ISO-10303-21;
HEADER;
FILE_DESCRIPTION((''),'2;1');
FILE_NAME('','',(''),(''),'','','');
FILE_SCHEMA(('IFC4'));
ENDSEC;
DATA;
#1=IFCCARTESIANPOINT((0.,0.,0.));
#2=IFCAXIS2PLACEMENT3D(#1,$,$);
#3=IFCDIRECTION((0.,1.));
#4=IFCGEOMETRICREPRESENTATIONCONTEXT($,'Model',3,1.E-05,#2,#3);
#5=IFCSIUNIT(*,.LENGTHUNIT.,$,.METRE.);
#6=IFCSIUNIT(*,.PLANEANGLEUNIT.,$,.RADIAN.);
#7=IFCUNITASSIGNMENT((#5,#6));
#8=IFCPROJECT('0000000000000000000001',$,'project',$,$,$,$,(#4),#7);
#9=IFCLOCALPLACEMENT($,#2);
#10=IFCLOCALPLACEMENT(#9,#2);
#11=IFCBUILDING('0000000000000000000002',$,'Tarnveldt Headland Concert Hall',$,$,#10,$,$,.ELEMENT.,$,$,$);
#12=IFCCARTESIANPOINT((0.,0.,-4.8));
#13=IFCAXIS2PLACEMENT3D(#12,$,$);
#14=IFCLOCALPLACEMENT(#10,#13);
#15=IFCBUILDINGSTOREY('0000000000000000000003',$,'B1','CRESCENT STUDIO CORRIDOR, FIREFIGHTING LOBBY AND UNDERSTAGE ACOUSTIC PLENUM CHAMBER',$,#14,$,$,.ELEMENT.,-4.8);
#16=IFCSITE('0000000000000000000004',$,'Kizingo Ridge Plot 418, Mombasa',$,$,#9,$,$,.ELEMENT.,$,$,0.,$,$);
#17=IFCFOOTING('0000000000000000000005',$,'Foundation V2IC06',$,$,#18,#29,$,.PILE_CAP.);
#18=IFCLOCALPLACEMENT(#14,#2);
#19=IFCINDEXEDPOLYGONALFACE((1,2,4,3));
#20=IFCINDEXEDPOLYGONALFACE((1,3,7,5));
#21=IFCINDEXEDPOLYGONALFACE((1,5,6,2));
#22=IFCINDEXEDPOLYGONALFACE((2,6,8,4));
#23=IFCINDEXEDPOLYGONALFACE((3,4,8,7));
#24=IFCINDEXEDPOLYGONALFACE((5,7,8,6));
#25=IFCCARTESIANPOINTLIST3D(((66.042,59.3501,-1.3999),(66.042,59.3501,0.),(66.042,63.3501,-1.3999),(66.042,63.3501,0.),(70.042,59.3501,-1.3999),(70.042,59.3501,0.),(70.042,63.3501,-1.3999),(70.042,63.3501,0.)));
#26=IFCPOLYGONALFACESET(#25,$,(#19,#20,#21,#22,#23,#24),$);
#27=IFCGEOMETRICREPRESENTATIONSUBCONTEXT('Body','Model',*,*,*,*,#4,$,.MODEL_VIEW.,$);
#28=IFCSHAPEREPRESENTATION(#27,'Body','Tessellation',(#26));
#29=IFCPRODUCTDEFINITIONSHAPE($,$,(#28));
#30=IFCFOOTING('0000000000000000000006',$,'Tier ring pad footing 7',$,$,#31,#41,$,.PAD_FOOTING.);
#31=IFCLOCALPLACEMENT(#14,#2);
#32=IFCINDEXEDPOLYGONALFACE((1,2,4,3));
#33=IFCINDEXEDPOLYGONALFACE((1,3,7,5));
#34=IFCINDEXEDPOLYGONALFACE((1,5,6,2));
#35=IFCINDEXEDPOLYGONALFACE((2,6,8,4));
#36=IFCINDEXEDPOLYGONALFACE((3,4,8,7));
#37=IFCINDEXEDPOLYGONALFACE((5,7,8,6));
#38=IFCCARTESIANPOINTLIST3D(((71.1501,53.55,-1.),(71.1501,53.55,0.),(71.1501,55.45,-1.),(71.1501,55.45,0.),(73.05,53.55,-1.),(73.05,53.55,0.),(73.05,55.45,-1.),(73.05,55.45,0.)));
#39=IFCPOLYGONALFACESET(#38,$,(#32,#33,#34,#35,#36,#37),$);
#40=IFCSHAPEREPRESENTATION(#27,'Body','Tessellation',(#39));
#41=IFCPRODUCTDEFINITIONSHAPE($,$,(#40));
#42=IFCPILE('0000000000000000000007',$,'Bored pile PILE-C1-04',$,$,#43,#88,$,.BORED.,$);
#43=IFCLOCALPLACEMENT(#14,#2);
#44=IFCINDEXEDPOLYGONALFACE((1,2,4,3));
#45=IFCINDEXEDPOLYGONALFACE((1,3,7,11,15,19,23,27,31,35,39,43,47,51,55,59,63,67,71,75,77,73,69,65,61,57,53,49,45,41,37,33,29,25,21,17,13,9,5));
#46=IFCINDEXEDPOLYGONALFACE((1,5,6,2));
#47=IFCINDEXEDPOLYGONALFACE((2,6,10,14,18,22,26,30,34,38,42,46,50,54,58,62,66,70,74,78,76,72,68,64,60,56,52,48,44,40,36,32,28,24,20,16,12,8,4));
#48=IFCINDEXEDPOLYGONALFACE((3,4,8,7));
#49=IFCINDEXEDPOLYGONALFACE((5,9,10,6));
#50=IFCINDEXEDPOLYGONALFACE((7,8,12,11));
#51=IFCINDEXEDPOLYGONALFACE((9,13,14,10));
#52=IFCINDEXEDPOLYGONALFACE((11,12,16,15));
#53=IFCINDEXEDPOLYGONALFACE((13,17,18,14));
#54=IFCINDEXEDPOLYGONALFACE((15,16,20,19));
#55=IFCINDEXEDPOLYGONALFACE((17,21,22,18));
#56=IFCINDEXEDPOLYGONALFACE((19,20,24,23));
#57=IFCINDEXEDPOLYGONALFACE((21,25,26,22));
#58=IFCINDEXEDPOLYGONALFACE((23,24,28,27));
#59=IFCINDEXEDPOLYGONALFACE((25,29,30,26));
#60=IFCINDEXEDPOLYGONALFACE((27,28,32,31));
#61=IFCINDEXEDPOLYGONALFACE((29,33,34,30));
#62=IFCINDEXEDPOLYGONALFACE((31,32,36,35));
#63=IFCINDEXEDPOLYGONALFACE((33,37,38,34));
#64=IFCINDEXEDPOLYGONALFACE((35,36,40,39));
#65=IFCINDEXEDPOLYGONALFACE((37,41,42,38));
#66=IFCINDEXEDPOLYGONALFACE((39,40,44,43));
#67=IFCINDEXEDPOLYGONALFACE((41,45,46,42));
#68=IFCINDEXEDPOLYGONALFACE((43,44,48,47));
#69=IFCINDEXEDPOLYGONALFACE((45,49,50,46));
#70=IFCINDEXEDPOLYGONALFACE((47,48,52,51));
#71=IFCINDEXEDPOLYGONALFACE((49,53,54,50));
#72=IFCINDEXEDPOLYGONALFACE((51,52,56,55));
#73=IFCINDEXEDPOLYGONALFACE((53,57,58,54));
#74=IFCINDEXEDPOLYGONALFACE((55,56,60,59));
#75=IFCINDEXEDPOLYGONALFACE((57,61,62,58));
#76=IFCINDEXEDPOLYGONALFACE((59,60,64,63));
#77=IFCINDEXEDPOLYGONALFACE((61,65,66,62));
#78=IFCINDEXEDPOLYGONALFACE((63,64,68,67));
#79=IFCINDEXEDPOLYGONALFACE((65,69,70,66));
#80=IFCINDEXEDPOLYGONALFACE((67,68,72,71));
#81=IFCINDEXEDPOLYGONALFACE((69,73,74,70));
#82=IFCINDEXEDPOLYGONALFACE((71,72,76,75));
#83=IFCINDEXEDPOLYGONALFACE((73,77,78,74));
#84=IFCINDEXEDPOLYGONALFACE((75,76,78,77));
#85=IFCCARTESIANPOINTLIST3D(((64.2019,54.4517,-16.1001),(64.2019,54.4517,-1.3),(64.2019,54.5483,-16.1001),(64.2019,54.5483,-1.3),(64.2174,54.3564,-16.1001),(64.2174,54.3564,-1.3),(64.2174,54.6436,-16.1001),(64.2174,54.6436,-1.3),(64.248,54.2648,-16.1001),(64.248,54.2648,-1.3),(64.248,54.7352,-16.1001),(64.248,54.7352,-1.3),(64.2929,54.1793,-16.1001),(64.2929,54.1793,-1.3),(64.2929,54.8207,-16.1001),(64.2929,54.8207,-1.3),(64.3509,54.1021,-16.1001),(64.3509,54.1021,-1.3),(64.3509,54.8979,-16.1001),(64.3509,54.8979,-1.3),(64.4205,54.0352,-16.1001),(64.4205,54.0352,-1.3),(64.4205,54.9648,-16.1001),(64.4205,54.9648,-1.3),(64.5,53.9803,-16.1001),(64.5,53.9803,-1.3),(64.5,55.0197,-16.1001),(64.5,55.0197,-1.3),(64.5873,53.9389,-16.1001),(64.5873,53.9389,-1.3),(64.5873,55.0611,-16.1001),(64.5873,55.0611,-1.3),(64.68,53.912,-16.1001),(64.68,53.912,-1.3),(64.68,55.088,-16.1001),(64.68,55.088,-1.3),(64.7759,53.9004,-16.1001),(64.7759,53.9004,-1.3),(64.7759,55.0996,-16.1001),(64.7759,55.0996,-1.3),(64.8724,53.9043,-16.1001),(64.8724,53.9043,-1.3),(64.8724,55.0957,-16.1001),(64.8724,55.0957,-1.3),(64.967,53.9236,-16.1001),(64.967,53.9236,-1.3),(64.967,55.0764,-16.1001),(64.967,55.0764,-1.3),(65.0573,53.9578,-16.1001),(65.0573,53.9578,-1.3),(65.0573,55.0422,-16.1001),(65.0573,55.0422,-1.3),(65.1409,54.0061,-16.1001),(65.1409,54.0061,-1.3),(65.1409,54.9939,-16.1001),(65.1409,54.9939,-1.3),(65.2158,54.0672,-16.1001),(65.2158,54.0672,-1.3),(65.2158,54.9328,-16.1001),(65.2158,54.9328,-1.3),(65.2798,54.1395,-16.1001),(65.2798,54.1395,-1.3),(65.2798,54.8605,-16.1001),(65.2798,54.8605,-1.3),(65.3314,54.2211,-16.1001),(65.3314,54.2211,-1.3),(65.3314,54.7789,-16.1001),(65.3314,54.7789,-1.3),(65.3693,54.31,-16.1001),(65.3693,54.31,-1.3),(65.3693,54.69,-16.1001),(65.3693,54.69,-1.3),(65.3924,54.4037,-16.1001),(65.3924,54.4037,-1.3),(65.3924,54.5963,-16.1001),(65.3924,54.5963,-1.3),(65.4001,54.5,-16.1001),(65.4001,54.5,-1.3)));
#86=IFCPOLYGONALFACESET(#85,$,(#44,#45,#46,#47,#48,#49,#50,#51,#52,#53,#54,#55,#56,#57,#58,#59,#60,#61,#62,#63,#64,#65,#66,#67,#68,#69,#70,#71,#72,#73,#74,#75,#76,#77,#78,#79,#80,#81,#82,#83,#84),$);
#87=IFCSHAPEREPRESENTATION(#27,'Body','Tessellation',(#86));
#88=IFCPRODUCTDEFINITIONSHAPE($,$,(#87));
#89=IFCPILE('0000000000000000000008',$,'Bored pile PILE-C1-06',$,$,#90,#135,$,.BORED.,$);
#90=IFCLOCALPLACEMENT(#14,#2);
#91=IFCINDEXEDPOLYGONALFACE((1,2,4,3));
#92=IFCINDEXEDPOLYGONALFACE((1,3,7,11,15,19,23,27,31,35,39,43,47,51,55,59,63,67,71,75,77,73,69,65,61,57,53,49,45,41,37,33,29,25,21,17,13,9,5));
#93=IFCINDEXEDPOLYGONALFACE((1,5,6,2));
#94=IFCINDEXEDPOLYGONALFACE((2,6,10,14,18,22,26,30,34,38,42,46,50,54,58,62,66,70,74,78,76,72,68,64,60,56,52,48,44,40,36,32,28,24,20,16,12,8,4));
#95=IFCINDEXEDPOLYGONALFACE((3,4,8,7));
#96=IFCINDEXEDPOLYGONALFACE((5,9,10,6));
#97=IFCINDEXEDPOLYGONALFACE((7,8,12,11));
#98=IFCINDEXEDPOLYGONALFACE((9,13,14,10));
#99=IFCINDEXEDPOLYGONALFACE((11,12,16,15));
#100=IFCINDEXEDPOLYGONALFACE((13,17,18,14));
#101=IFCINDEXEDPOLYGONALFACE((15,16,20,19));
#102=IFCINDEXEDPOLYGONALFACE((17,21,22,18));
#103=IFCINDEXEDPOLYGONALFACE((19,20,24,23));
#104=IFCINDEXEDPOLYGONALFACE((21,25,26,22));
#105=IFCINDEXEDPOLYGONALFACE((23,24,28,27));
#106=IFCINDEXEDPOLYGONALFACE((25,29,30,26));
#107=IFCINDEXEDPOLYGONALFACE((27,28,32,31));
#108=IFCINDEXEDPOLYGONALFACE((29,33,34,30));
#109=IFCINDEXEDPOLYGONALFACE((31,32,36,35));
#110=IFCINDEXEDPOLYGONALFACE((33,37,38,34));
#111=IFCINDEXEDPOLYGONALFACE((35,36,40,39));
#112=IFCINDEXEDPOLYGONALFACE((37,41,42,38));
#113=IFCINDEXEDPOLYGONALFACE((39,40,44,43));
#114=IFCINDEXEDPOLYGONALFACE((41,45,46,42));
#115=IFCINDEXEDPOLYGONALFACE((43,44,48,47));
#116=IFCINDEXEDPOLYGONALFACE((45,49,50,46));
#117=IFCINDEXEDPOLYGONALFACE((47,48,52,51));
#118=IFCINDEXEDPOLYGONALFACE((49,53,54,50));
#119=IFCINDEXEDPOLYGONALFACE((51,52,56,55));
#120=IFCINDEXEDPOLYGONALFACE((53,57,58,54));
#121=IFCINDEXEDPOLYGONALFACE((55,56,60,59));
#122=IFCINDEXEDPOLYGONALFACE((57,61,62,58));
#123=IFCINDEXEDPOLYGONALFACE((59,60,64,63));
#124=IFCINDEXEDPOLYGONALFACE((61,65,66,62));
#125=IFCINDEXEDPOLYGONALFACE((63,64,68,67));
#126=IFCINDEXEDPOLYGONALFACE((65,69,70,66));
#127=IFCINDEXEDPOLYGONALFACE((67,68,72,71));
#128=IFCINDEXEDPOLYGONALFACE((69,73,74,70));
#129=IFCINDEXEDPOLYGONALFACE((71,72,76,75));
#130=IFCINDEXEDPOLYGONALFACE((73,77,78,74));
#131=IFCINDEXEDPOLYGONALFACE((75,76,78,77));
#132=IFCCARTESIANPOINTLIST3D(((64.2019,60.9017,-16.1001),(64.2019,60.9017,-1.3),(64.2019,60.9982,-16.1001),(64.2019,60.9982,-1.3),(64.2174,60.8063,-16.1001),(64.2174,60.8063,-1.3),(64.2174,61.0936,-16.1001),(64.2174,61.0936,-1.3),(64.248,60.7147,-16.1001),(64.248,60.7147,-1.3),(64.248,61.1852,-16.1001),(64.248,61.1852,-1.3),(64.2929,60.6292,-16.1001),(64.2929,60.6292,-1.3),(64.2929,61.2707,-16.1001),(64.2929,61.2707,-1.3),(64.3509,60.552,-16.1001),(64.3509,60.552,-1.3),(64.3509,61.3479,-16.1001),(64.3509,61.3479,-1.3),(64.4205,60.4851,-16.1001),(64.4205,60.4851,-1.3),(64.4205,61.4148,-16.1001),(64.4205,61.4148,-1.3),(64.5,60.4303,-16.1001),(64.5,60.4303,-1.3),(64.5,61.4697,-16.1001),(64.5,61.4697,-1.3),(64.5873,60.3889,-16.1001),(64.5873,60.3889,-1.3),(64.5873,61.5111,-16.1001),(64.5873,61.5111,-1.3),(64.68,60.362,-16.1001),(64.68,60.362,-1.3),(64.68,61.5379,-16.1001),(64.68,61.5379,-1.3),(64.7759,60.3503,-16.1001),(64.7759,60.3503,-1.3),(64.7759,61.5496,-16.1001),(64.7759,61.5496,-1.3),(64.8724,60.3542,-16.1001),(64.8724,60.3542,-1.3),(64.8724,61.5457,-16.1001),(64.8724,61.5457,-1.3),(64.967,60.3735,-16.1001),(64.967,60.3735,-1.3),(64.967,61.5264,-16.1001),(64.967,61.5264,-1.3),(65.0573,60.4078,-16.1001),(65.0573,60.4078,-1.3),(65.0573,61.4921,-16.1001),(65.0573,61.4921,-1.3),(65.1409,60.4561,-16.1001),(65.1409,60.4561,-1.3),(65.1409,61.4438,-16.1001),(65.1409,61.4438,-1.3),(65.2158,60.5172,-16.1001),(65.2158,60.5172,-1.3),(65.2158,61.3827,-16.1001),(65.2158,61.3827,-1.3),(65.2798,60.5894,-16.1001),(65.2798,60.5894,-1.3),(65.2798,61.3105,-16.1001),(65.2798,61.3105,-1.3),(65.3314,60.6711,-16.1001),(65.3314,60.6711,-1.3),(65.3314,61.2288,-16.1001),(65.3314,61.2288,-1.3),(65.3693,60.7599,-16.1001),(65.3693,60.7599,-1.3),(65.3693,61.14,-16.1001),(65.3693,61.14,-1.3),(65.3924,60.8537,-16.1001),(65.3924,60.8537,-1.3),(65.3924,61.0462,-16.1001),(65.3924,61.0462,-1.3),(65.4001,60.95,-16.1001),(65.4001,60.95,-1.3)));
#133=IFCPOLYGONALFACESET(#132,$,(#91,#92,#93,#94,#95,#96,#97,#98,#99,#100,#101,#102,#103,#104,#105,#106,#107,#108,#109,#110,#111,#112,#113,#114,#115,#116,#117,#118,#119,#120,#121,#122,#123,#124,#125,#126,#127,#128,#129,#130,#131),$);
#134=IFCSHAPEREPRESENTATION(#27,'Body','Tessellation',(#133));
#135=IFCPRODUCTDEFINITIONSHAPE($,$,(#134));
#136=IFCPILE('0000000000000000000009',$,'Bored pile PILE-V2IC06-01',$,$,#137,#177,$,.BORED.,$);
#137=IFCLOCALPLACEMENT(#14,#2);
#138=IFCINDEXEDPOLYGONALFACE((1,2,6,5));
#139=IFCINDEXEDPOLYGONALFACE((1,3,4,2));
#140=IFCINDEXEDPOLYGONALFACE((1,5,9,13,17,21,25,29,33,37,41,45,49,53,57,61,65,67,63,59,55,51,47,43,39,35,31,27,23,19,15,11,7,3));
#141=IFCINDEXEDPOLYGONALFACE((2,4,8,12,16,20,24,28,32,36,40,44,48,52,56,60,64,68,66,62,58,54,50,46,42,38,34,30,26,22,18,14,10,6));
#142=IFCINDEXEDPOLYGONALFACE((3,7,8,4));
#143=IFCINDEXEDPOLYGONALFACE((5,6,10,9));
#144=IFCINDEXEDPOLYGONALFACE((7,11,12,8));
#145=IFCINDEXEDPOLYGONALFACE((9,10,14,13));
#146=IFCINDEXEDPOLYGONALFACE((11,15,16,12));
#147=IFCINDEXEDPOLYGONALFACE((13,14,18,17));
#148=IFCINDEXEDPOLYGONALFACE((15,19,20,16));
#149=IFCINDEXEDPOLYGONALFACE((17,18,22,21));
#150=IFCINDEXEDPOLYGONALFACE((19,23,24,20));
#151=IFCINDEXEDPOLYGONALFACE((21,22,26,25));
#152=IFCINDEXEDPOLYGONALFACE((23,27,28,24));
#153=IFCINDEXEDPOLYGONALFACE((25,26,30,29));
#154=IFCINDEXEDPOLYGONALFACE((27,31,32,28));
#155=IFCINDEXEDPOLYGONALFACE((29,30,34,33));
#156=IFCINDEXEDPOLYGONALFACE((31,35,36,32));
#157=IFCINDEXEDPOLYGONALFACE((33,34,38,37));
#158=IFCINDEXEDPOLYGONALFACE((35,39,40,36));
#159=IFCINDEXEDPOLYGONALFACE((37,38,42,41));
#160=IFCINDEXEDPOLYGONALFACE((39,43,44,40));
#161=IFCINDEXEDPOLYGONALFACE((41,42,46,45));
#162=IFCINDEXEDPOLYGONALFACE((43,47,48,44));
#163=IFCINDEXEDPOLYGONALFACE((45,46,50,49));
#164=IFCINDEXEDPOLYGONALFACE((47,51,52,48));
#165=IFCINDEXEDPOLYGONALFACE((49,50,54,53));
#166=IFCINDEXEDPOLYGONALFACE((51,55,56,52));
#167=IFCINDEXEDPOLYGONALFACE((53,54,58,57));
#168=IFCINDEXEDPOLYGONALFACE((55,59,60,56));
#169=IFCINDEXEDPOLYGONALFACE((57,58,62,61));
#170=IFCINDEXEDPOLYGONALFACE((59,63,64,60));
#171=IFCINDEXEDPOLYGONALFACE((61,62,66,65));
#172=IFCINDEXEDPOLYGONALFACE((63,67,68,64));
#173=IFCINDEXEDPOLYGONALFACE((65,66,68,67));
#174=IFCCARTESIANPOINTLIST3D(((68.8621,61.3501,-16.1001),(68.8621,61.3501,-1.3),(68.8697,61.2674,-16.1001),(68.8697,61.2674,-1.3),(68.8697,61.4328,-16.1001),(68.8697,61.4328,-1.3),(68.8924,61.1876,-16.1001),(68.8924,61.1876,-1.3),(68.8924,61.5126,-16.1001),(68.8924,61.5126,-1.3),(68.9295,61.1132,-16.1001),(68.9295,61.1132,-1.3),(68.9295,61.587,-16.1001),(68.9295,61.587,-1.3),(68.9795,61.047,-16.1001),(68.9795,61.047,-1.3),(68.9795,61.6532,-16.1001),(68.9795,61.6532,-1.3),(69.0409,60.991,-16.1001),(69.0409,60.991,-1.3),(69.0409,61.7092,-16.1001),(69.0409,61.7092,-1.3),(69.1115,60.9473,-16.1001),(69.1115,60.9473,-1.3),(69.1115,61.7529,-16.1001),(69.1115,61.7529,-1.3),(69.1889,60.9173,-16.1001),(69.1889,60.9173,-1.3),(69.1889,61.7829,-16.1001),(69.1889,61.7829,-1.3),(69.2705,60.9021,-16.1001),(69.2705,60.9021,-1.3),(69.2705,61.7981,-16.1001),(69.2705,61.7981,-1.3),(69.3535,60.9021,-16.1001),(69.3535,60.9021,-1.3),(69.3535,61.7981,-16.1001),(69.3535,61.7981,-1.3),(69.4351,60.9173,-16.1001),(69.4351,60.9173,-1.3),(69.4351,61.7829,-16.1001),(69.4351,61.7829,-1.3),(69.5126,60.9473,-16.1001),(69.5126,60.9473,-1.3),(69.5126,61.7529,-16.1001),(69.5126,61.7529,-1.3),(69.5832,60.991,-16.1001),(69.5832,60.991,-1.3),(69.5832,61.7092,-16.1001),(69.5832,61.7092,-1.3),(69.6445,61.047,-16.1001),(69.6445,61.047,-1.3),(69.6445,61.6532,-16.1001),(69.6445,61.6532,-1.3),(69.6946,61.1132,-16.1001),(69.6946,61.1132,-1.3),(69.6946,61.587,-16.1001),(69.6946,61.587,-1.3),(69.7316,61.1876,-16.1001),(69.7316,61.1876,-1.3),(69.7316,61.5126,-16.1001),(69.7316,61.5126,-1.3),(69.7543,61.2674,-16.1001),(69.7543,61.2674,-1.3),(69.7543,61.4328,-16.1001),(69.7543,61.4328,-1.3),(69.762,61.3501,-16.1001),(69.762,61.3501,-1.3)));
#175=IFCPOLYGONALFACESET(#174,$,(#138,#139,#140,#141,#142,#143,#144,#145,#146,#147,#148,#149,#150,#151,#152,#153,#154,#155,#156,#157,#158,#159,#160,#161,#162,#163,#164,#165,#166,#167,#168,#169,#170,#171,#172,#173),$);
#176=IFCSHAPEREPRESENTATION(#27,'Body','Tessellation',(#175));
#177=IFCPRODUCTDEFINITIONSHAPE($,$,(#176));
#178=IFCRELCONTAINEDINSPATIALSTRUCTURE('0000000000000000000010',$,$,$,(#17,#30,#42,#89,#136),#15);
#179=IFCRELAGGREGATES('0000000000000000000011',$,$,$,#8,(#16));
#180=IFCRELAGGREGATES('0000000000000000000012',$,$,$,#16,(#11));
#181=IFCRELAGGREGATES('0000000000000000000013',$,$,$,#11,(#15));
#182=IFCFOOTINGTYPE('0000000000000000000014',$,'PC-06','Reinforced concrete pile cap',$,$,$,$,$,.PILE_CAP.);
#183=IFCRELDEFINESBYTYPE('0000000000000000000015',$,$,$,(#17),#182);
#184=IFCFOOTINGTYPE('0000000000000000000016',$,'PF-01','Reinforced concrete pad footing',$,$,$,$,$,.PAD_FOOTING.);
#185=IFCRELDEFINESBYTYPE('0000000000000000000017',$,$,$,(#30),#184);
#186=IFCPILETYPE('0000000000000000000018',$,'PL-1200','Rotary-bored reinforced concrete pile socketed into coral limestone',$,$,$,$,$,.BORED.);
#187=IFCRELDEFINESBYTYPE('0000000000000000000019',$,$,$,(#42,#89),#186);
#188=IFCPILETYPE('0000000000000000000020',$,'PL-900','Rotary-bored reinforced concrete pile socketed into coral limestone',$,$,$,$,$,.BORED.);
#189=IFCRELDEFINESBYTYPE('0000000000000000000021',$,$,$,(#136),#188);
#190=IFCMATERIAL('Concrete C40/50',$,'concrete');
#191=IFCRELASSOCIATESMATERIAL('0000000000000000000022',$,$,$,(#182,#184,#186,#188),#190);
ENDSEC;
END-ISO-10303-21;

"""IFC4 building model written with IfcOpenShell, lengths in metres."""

from ifc_helpers import new_model, si_unit, direction, frame, origin, origin_2d, place, context, subcontext, project, spatial, rectangle, circle, extrude, material, material_profile, profile_set, type_object, element, save


model = new_model("IFC4")

# Units and contexts
model_context = context("Model", 3, precision=1e-05, world=origin(), true_north=direction((0.0, 1.0)))
body_context = subcontext(model_context, "Body", "Model", "MODEL_VIEW")
ifc_project = project(units=[si_unit("LENGTHUNIT", "METRE"), si_unit("PLANEANGLEUNIT", "RADIAN")], contexts=[model_context])

# Site, building, storey
site_placement = place(None, origin())
site = spatial("IfcSite", under=ifc_project, at=site_placement, Name="Kizingo Ridge Plot 418, Mombasa", CompositionType="ELEMENT", RefElevation=0.0)
building_placement = place(site_placement, origin())
building = spatial("IfcBuilding", under=site, at=building_placement, Name="Tarnveldt Headland Concert Hall", CompositionType="ELEMENT")
storey_placement = place(building_placement, frame((0.0, 0.0, -4.8)))
storey = spatial("IfcBuildingStorey", under=building, at=storey_placement, Name="B1", Description="CRESCENT STUDIO CORRIDOR, FIREFIGHTING LOBBY AND UNDERSTAGE ACOUSTIC PLENUM CHAMBER", CompositionType="ELEMENT", Elevation=-4.8)

# Footings
ifc_material_1 = material(Name="Concrete C40/50", Category="concrete")
footing_type_1 = type_object("IfcFootingType", Name="PC-06", Description="Reinforced concrete pile cap", PredefinedType="PILE_CAP", material=ifc_material_1)
footing_1_placement = place(storey_placement, frame((68.042, 61.3501, -1.3999), z_axis=(0.0, 0.0, 1.0), x_axis=(1.0, 0.0, 0.0)))
element("IfcFooting", 1, at=footing_1_placement, inside=storey, type_object=footing_type_1, Name="Foundation V2IC06", PredefinedType="PILE_CAP", context=body_context, shape_type="SweptSolid", body=[
    extrude(rectangle(XDim=4.0, YDim=4.0, at=origin_2d()), origin(), (0.0, 0.0, 1.0), 1.3999),
])
footing_type_2 = type_object("IfcFootingType", Name="PF-01", Description="Reinforced concrete pad footing", PredefinedType="PAD_FOOTING", material=ifc_material_1)
footing_2_placement = place(storey_placement, frame((72.1001, 54.5, -1.0), z_axis=(0.0, 0.0, 1.0), x_axis=(1.0, 0.0, 0.0)))
element("IfcFooting", 2, at=footing_2_placement, inside=storey, type_object=footing_type_2, Name="Tier ring pad footing 7", PredefinedType="PAD_FOOTING", context=body_context, shape_type="SweptSolid", body=[
    extrude(rectangle(XDim=1.8999, YDim=1.8999, at=origin_2d()), origin(), (0.0, 0.0, 1.0), 1.0),
])

# Piles
ifc_material_profile_1 = material_profile(ifc_material_1, circle(Radius=0.6001, at=origin_2d()), Name="BORED PILE D1200", Category="concrete")
ifc_profile_set_1 = profile_set([ifc_material_profile_1], Name="Concrete C40/50")
pile_type_1 = type_object("IfcPileType", Name="PL-1200", Description="Rotary-bored reinforced concrete pile socketed into coral limestone", PredefinedType="BORED", material=ifc_profile_set_1)
for number, where, z_axis, x_axis, name in (
    (3, (64.8, 54.5, -1.3), (0.0, 0.0, -1.0), (1.0, 0.0, 0.0), "Bored pile PILE-C1-04"),
    (4, (64.8, 60.95, -1.3), (0.0, 0.0, -1.0), (1.0, 0.0, 0.0), "Bored pile PILE-C1-06"),
):
    element("IfcPile", number, at=place(storey_placement, frame(where, z_axis=z_axis, x_axis=x_axis)), inside=storey, type_object=pile_type_1, Name=name, PredefinedType="BORED", context=body_context, shape_type="SweptSolid", body=[
        extrude(circle(Radius=0.6001, at=origin_2d()), origin(), (0.0, 0.0, 1.0), 14.8),
    ])
ifc_material_profile_2 = material_profile(ifc_material_1, circle(Radius=0.45, at=origin_2d()), Name="BORED PILE D900", Category="concrete")
ifc_profile_set_2 = profile_set([ifc_material_profile_2], Name="Concrete C40/50")
pile_type_2 = type_object("IfcPileType", Name="PL-900", Description="Rotary-bored reinforced concrete pile socketed into coral limestone", PredefinedType="BORED", material=ifc_profile_set_2)
pile_placement = place(storey_placement, frame((69.312, 61.3501, -1.3), z_axis=(0.0, 0.0, -1.0), x_axis=(1.0, 0.0, 0.0)))
element("IfcPile", 5, at=pile_placement, inside=storey, type_object=pile_type_2, Name="Bored pile PILE-V2IC06-01", PredefinedType="BORED", context=body_context, shape_type="SweptSolid", body=[
    extrude(circle(Radius=0.45, at=origin_2d()), origin(), (0.0, 0.0, 1.0), 14.8),
])

save(model, "model.ifc")
